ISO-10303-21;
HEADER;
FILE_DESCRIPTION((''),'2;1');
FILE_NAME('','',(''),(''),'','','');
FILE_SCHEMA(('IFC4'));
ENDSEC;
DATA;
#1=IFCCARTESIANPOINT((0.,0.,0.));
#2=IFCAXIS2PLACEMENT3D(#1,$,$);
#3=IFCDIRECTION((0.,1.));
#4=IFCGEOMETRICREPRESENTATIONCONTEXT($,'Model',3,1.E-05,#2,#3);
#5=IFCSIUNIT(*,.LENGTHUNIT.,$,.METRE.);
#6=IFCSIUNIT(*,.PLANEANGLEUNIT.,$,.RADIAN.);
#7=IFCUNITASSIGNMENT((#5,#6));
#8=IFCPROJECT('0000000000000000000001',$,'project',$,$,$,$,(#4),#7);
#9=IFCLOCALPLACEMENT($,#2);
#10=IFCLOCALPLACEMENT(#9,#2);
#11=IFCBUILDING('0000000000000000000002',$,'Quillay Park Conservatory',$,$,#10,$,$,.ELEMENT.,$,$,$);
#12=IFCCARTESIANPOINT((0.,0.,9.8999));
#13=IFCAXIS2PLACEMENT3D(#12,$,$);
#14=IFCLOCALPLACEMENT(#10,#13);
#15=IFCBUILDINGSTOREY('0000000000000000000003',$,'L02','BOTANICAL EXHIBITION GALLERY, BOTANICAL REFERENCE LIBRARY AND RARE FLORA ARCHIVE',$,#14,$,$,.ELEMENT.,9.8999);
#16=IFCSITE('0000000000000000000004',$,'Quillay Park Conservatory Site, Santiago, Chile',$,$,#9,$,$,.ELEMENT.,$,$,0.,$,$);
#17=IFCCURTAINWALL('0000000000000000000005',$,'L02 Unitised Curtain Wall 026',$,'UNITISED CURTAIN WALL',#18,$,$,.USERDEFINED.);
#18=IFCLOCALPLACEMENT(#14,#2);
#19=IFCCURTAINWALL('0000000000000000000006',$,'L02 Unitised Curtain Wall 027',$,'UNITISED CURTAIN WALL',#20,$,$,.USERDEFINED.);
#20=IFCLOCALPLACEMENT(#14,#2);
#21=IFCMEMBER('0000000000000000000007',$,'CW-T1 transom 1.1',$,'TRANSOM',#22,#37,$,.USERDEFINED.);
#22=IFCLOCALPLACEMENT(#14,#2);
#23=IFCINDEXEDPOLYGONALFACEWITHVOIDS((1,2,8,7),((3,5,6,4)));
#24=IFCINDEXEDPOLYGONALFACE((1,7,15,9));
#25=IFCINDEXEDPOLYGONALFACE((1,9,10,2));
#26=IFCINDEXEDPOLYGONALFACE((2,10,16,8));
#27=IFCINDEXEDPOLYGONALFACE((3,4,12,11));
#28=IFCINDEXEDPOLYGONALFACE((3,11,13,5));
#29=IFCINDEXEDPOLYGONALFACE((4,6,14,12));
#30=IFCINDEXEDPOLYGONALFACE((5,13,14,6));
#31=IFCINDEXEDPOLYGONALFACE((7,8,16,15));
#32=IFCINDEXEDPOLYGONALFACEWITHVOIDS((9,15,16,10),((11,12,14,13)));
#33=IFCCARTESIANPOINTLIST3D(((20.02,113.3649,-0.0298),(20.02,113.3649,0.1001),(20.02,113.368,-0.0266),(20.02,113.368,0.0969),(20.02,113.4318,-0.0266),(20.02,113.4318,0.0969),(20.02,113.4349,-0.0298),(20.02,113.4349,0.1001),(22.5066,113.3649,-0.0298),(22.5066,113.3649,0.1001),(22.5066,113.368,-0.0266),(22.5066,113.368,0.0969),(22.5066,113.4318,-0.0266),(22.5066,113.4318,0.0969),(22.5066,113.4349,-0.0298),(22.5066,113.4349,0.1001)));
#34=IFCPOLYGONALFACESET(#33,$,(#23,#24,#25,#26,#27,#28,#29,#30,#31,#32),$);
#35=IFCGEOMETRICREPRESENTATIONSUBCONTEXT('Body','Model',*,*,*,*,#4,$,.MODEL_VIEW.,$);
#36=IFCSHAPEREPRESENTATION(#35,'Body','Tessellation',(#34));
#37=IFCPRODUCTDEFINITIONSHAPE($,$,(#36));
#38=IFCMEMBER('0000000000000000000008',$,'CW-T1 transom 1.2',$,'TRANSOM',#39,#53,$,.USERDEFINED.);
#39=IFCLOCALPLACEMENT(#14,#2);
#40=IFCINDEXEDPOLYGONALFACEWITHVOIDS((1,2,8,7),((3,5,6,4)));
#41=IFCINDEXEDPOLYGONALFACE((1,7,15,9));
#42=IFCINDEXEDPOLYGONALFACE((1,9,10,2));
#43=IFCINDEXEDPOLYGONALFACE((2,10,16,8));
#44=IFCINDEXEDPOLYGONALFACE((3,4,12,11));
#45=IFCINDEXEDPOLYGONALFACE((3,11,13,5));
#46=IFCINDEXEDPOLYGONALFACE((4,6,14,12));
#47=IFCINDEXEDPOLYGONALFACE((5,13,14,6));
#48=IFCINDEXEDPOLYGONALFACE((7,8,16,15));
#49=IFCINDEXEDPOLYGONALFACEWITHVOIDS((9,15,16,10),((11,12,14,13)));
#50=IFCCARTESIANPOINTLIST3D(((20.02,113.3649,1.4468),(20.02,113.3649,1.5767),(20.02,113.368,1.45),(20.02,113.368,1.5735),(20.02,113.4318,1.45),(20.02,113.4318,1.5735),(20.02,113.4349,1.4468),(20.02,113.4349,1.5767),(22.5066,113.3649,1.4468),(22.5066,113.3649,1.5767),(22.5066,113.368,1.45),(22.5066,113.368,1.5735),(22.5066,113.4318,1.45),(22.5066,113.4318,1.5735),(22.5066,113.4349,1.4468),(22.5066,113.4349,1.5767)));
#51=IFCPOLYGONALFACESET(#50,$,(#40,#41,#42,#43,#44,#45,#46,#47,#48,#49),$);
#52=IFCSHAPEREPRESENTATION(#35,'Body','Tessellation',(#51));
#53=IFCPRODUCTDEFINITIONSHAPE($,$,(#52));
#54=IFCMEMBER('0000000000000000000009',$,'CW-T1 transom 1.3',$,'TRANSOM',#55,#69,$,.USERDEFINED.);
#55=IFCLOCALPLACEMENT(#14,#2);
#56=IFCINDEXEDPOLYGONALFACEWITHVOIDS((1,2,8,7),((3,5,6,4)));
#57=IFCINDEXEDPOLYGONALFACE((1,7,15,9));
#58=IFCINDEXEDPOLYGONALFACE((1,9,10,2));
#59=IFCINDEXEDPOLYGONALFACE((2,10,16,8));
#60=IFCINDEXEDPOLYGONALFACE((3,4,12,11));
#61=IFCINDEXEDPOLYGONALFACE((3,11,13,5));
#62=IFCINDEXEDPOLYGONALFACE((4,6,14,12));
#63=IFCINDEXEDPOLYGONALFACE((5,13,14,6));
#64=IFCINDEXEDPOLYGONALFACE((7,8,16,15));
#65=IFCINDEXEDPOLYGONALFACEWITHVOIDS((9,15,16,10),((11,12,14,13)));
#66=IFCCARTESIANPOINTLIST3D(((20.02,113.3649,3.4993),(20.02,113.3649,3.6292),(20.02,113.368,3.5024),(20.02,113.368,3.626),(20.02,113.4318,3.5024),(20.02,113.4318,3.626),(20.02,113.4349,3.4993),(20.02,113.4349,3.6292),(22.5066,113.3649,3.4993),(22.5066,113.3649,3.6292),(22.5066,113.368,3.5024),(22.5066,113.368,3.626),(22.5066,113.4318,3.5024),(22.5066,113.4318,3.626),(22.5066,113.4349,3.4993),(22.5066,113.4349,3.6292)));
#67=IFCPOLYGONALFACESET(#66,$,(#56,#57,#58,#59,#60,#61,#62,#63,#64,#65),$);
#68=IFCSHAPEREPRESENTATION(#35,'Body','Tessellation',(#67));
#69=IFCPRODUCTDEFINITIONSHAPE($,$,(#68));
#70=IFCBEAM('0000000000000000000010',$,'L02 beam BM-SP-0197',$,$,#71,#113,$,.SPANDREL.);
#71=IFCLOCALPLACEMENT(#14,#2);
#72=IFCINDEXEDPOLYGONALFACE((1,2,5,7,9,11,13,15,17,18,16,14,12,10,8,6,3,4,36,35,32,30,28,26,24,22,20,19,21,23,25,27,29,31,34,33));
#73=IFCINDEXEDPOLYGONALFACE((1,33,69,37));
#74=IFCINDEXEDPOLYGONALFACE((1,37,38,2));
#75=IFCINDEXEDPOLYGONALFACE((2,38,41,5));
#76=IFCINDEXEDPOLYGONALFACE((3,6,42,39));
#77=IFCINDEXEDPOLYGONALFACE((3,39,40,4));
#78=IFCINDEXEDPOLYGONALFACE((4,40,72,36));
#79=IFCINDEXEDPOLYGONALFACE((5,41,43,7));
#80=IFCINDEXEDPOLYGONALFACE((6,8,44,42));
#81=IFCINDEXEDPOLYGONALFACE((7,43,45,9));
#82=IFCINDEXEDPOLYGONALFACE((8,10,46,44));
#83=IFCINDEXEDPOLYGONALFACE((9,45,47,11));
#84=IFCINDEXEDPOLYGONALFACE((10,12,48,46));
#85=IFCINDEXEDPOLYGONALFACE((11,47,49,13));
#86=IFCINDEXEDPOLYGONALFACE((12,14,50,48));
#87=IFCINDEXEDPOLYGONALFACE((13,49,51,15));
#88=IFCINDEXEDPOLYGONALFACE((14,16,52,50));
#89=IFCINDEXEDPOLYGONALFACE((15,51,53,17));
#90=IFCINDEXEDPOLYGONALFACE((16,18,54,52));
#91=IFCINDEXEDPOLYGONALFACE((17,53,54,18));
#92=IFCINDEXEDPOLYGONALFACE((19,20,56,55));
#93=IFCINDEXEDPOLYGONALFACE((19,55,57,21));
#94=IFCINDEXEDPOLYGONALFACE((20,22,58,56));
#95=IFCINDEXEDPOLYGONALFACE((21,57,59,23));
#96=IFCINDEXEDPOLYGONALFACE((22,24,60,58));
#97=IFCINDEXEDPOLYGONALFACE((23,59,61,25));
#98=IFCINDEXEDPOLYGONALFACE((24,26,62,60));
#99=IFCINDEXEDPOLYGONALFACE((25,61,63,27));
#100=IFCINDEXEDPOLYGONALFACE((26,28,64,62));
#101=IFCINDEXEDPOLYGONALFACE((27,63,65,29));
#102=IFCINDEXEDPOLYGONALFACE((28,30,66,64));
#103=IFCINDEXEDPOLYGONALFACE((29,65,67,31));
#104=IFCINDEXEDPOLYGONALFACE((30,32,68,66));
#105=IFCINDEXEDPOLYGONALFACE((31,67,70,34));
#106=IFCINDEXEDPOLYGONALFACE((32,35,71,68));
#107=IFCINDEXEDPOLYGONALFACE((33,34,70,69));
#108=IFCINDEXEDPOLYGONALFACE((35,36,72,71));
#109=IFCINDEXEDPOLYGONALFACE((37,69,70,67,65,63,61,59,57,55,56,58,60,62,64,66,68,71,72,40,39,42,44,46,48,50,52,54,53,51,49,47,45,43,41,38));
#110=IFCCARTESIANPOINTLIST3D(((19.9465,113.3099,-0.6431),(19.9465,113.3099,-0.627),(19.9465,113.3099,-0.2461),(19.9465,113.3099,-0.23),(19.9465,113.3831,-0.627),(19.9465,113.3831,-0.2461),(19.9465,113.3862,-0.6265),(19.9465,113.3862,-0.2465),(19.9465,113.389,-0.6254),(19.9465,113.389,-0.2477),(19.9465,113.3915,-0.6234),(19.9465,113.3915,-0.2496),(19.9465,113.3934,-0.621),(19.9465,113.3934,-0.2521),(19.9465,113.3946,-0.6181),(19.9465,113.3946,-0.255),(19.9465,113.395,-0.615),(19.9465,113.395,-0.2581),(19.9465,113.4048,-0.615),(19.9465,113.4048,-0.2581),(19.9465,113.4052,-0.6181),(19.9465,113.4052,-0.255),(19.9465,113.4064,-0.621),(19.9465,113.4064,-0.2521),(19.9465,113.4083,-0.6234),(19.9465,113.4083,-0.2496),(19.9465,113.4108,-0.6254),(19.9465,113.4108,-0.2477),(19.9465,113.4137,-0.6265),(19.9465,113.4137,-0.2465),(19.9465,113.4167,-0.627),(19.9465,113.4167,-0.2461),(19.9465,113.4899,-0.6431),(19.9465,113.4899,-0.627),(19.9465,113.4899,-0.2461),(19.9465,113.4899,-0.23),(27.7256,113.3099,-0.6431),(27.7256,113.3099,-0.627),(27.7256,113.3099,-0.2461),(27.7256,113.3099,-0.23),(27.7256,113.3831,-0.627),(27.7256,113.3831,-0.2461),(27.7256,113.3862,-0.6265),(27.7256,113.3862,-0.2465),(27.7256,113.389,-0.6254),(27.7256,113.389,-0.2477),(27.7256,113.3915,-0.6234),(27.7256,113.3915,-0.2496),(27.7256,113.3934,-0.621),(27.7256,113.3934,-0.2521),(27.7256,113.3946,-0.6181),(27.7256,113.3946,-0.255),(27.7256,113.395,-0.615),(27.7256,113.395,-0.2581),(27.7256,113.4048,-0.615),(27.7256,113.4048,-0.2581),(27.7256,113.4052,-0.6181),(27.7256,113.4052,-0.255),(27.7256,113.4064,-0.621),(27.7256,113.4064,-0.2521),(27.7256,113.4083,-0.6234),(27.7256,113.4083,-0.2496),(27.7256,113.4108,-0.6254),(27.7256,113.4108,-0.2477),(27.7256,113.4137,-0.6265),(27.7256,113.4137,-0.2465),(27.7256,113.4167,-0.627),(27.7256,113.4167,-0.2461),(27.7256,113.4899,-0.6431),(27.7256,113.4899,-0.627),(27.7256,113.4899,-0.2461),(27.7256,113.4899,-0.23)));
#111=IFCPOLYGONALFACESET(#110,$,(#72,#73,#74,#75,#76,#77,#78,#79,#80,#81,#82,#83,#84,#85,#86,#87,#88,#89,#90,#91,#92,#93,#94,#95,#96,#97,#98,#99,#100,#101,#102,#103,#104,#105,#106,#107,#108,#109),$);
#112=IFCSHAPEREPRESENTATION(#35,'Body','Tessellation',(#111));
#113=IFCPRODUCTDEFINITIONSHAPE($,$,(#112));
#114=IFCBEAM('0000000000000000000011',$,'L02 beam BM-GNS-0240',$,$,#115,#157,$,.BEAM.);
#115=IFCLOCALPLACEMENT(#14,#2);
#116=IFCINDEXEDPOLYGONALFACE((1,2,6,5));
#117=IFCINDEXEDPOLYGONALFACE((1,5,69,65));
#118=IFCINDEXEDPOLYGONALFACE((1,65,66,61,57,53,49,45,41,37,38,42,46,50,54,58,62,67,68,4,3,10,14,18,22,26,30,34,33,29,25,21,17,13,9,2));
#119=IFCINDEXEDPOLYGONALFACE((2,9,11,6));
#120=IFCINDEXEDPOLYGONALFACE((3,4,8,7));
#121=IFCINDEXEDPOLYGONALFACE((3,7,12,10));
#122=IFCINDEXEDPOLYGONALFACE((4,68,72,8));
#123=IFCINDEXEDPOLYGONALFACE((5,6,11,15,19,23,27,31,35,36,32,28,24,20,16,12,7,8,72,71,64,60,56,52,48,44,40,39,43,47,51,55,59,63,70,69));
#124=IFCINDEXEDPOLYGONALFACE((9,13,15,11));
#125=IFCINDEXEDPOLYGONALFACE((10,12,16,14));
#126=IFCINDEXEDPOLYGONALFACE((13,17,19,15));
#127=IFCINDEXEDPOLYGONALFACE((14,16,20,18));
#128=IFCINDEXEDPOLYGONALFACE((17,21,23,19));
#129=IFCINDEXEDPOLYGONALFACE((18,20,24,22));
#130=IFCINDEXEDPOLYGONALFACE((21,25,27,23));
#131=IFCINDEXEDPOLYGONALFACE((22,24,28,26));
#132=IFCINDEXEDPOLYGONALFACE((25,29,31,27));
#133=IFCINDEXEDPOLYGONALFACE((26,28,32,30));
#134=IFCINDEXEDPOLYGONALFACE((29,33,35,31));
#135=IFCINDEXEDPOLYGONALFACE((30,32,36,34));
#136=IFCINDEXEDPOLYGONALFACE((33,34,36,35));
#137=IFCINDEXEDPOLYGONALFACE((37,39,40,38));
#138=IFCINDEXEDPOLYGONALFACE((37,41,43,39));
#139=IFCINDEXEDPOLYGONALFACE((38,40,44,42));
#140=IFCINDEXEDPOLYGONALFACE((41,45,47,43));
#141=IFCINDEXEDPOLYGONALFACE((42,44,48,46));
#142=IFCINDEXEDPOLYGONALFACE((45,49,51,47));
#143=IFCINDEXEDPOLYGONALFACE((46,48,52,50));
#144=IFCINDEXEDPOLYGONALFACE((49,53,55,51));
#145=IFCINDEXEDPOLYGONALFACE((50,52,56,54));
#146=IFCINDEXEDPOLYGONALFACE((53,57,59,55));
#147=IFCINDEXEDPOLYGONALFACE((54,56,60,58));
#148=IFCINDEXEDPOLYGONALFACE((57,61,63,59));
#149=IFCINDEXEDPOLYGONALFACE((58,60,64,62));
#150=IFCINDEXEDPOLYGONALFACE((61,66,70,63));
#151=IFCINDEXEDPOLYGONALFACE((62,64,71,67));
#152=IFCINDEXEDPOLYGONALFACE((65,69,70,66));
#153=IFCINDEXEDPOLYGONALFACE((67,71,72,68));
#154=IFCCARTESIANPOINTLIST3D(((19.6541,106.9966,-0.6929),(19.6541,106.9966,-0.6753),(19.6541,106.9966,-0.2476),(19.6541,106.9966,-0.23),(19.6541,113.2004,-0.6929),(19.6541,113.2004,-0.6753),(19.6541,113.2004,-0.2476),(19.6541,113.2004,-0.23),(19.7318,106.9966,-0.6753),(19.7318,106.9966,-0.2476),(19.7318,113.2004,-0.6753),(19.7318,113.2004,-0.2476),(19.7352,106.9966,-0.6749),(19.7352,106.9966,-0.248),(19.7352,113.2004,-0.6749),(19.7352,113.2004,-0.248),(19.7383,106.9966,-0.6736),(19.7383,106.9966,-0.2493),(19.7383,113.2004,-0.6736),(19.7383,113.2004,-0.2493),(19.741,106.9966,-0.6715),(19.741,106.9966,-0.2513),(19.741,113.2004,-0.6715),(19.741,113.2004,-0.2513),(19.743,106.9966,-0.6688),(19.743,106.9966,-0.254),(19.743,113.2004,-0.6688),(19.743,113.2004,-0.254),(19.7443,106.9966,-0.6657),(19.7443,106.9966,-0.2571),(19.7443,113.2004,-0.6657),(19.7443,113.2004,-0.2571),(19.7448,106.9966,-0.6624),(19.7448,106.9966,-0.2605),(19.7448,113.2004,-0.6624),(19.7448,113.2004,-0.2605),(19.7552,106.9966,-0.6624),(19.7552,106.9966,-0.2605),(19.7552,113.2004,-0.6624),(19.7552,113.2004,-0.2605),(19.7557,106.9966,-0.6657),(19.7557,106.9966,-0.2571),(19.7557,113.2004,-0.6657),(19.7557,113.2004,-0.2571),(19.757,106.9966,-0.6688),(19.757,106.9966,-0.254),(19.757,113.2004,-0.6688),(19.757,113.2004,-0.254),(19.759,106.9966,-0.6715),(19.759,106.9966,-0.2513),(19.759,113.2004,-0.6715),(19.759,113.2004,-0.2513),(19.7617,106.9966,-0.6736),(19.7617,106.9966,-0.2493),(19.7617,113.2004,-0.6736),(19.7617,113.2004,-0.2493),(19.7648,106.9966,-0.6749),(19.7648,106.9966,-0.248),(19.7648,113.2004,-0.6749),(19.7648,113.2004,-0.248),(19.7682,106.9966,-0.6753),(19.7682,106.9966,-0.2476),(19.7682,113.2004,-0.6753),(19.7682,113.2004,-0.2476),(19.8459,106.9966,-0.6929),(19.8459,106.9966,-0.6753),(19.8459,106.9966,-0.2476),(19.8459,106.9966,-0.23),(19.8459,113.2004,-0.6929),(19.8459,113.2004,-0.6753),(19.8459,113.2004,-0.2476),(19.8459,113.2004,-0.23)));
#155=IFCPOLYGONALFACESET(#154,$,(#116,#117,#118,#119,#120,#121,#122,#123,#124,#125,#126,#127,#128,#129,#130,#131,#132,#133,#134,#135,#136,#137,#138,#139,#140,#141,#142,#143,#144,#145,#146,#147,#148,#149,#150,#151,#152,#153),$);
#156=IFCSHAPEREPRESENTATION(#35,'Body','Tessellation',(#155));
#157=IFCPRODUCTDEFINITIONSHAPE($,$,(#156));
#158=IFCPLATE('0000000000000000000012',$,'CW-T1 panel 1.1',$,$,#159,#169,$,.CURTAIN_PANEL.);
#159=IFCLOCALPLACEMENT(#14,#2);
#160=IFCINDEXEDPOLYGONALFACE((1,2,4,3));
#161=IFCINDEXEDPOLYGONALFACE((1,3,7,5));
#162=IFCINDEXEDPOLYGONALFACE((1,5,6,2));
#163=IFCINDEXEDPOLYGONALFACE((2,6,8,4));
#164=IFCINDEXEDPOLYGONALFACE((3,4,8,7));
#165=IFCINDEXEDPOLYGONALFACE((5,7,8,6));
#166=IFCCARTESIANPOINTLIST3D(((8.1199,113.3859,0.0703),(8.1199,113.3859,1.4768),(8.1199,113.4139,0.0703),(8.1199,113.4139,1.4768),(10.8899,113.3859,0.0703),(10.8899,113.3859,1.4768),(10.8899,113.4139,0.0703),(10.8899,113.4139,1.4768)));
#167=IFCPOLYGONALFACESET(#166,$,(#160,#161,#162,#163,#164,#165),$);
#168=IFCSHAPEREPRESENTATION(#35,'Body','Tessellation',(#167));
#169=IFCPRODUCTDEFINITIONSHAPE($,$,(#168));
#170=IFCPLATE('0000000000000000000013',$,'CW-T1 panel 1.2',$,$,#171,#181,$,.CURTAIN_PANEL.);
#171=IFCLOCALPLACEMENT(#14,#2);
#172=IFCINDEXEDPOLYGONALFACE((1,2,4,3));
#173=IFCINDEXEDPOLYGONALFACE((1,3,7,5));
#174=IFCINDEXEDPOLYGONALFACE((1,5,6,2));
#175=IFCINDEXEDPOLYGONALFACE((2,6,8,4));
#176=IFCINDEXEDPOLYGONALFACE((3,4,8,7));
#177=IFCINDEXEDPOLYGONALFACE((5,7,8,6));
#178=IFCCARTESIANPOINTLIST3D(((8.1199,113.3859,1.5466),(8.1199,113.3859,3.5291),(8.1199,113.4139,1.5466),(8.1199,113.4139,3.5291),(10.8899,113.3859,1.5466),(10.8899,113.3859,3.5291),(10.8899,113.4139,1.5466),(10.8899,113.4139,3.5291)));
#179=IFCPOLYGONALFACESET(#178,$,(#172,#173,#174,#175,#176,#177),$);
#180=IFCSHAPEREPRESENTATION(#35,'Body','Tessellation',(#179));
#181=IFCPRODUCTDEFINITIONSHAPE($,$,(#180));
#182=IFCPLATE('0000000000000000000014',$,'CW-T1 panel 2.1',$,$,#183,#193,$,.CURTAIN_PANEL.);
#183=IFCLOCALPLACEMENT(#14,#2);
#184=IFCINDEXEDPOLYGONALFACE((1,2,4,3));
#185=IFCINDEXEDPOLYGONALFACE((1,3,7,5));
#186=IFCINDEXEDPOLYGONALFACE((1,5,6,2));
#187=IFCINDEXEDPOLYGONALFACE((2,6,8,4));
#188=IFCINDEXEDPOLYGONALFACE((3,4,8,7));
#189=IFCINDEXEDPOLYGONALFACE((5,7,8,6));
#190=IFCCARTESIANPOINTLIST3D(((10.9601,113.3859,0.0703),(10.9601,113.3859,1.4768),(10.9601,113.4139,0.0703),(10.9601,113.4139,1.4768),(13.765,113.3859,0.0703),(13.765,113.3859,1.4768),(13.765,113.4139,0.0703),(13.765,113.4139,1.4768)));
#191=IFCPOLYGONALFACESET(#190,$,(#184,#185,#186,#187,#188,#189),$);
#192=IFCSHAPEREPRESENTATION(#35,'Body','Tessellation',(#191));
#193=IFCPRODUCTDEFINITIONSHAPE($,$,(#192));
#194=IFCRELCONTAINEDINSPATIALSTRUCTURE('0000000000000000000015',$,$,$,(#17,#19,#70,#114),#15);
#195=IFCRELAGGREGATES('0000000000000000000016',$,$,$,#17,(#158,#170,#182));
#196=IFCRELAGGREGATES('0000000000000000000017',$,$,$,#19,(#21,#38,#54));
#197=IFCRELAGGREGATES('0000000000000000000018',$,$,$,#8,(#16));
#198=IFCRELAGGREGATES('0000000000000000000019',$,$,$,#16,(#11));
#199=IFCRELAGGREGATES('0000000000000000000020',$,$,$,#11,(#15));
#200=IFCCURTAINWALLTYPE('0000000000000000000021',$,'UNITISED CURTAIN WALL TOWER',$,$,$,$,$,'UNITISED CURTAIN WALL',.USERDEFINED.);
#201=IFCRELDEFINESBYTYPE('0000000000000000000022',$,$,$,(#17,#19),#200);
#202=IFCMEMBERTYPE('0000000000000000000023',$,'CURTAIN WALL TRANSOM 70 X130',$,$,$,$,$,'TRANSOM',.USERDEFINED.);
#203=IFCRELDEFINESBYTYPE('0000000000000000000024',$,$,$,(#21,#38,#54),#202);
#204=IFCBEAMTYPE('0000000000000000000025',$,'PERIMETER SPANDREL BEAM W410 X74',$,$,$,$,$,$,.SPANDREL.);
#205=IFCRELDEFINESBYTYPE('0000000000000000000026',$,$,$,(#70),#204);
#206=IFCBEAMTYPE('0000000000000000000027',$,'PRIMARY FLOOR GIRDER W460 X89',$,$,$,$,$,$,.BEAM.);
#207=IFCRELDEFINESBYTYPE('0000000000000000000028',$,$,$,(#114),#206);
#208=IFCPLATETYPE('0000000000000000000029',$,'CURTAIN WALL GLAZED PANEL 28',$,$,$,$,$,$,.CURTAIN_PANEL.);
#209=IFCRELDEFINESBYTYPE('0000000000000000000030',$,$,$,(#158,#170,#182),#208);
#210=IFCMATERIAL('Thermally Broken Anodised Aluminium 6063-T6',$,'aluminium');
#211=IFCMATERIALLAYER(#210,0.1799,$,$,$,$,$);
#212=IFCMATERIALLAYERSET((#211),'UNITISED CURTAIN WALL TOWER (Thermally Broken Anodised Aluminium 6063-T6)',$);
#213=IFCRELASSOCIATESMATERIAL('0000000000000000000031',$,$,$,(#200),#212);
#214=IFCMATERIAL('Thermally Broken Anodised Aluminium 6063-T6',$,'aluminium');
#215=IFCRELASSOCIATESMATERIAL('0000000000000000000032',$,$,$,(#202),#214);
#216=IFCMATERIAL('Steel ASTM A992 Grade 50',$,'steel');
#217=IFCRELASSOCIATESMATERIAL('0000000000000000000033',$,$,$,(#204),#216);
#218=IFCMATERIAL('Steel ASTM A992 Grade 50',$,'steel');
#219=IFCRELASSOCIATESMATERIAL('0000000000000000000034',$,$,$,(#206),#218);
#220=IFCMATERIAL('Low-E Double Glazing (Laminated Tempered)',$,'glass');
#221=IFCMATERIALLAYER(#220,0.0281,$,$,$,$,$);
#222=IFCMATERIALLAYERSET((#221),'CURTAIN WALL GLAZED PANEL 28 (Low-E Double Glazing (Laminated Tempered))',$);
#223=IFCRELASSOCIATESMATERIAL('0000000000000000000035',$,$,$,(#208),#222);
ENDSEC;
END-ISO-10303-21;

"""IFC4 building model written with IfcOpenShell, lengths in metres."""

from ifc_helpers import new_model, si_unit, direction, frame, origin, origin_2d, place, context, subcontext, project, spatial, rectangle, hollow_rectangle, i_section, extrude, material, layer, layer_set, material_profile, profile_set, type_object, element, aggregate, save


model = new_model("IFC4")

# Units and contexts
model_context = context("Model", 3, precision=1e-05, world=origin(), true_north=direction((0.0, 1.0)))
body_context = subcontext(model_context, "Body", "Model", "MODEL_VIEW")
ifc_project = project(units=[si_unit("LENGTHUNIT", "METRE"), si_unit("PLANEANGLEUNIT", "RADIAN")], contexts=[model_context])

# Site, building, storey
site_placement = place(None, origin())
site = spatial("IfcSite", under=ifc_project, at=site_placement, Name="Quillay Park Conservatory Site, Santiago, Chile", CompositionType="ELEMENT", RefElevation=0.0)
building_placement = place(site_placement, origin())
building = spatial("IfcBuilding", under=site, at=building_placement, Name="Quillay Park Conservatory", CompositionType="ELEMENT")
storey_placement = place(building_placement, frame((0.0, 0.0, 9.8999)))
storey = spatial("IfcBuildingStorey", under=building, at=storey_placement, Name="L02", Description="BOTANICAL EXHIBITION GALLERY, BOTANICAL REFERENCE LIBRARY AND RARE FLORA ARCHIVE", CompositionType="ELEMENT", Elevation=9.8999)

# Curtain wall
ifc_material_1 = material(Name="Thermally Broken Anodised Aluminium 6063-T6", Category="aluminium")
ifc_layer_1 = layer(ifc_material_1, 0.1799)
ifc_layer_set_1 = layer_set([ifc_layer_1], Name="UNITISED CURTAIN WALL TOWER (Thermally Broken Anodised Aluminium 6063-T6)")
curtain_wall_type = type_object("IfcCurtainWallType", Name="UNITISED CURTAIN WALL TOWER", ElementType="UNITISED CURTAIN WALL", PredefinedType="USERDEFINED", material=ifc_layer_set_1)
curtain_wall_1_placement = place(storey_placement, origin())
curtain_wall_1 = element("IfcCurtainWall", 1, at=curtain_wall_1_placement, inside=storey, type_object=curtain_wall_type, Name="L02 Unitised Curtain Wall 026", ObjectType="UNITISED CURTAIN WALL", PredefinedType="USERDEFINED")

# Curtain wall
curtain_wall_2_placement = place(storey_placement, origin())
curtain_wall_2 = element("IfcCurtainWall", 2, at=curtain_wall_2_placement, inside=storey, type_object=curtain_wall_type, Name="L02 Unitised Curtain Wall 027", ObjectType="UNITISED CURTAIN WALL", PredefinedType="USERDEFINED")

# Members
ifc_material_2 = material(Name="Thermally Broken Anodised Aluminium 6063-T6", Category="aluminium")
ifc_material_profile_1 = material_profile(ifc_material_2, hollow_rectangle(XDim=0.0701, YDim=0.1299, WallThickness=0.0032, at=origin_2d()), Name="AL70x130x3.2")
ifc_profile_set_1 = profile_set([ifc_material_profile_1], Name="Thermally Broken Anodised Aluminium 6063-T6")
member_type_1 = type_object("IfcMemberType", Name="CURTAIN WALL TRANSOM 70 X130", ElementType="TRANSOM", PredefinedType="USERDEFINED", material=ifc_profile_set_1)
member_1_placement = place(storey_placement, frame((20.02, 113.3999, 0.0352), z_axis=(1.0, 0.0, 0.0), x_axis=(0.0, 1.0, 0.0)))
member_1 = element("IfcMember", 3, at=member_1_placement, type_object=member_type_1, Name="CW-T1 transom 1.1", ObjectType="TRANSOM", PredefinedType="USERDEFINED", context=body_context, shape_type="SweptSolid", body=[
    extrude(hollow_rectangle(XDim=0.0701, YDim=0.1299, WallThickness=0.0032, at=origin_2d()), origin(), (0.0, 0.0, 1.0), 2.4866),
])
member_2_placement = place(storey_placement, frame((20.02, 113.3999, 1.5117), z_axis=(1.0, 0.0, 0.0), x_axis=(0.0, 1.0, 0.0)))
member_2 = element("IfcMember", 4, at=member_2_placement, type_object=member_type_1, Name="CW-T1 transom 1.2", ObjectType="TRANSOM", PredefinedType="USERDEFINED", context=body_context, shape_type="SweptSolid", body=[
    extrude(hollow_rectangle(XDim=0.0701, YDim=0.1299, WallThickness=0.0032, at=origin_2d()), origin(), (0.0, 0.0, 1.0), 2.4866),
])
member_3_placement = place(storey_placement, frame((20.02, 113.3999, 3.5642), z_axis=(1.0, 0.0, 0.0), x_axis=(0.0, 1.0, 0.0)))
member_3 = element("IfcMember", 5, at=member_3_placement, type_object=member_type_1, Name="CW-T1 transom 1.3", ObjectType="TRANSOM", PredefinedType="USERDEFINED", context=body_context, shape_type="SweptSolid", body=[
    extrude(hollow_rectangle(XDim=0.0701, YDim=0.1299, WallThickness=0.0032, at=origin_2d()), origin(), (0.0, 0.0, 1.0), 2.4866),
])

# Beams
ifc_material_3 = material(Name="Steel ASTM A992 Grade 50", Category="steel")
ifc_material_profile_2 = material_profile(ifc_material_3, i_section(OverallWidth=0.1799, OverallDepth=0.4131, WebThickness=0.0098, FlangeThickness=0.0161, FilletRadius=0.012, at=origin_2d()), Name="W410x74")
ifc_profile_set_2 = profile_set([ifc_material_profile_2], Name="Steel ASTM A992 Grade 50")
beam_type_1 = type_object("IfcBeamType", Name="PERIMETER SPANDREL BEAM W410 X74", PredefinedType="SPANDREL", material=ifc_profile_set_2)
beam_1_placement = place(storey_placement, frame((19.9465, 113.3999, -0.4365), z_axis=(1.0, 0.0, 0.0), x_axis=(0.0, 1.0, 0.0)))
element("IfcBeam", 6, at=beam_1_placement, inside=storey, type_object=beam_type_1, Name="L02 beam BM-SP-0197", PredefinedType="SPANDREL", context=body_context, shape_type="SweptSolid", body=[
    extrude(i_section(OverallWidth=0.1799, OverallDepth=0.4131, WebThickness=0.0098, FlangeThickness=0.0161, FilletRadius=0.012, at=origin_2d()), origin(), (0.0, 0.0, 1.0), 7.7791),
])
ifc_material_4 = material(Name="Steel ASTM A992 Grade 50", Category="steel")
ifc_material_profile_3 = material_profile(ifc_material_4, i_section(OverallWidth=0.1919, OverallDepth=0.4629, WebThickness=0.0105, FlangeThickness=0.0176, FilletRadius=0.0129, at=origin_2d()), Name="W460x89")
ifc_profile_set_3 = profile_set([ifc_material_profile_3], Name="Steel ASTM A992 Grade 50")
beam_type_2 = type_object("IfcBeamType", Name="PRIMARY FLOOR GIRDER W460 X89", PredefinedType="BEAM", material=ifc_profile_set_3)
beam_2_placement = place(storey_placement, frame((19.75, 106.9966, -0.4614), z_axis=(0.0, 1.0, 0.0), x_axis=(-1.0, 0.0, 0.0)))
element("IfcBeam", 7, at=beam_2_placement, inside=storey, type_object=beam_type_2, Name="L02 beam BM-GNS-0240", PredefinedType="BEAM", context=body_context, shape_type="SweptSolid", body=[
    extrude(i_section(OverallWidth=0.1919, OverallDepth=0.4629, WebThickness=0.0105, FlangeThickness=0.0176, FilletRadius=0.0129, at=origin_2d()), origin(), (0.0, 0.0, 1.0), 6.2039),
])

# Plates
ifc_material_5 = material(Name="Low-E Double Glazing (Laminated Tempered)", Category="glass")
ifc_layer_2 = layer(ifc_material_5, 0.0281)
ifc_layer_set_2 = layer_set([ifc_layer_2], Name="CURTAIN WALL GLAZED PANEL 28 (Low-E Double Glazing (Laminated Tempered))")
plate_type = type_object("IfcPlateType", Name="CURTAIN WALL GLAZED PANEL 28", PredefinedType="CURTAIN_PANEL", material=ifc_layer_set_2)
plate_1_placement = place(storey_placement, frame((9.5049, 113.3999, 0.0703), z_axis=(0.0, 0.0, 1.0), x_axis=(1.0, 0.0, 0.0)))
plate_1 = element("IfcPlate", 8, at=plate_1_placement, type_object=plate_type, Name="CW-T1 panel 1.1", PredefinedType="CURTAIN_PANEL", context=body_context, shape_type="SweptSolid", body=[
    extrude(rectangle(XDim=2.77, YDim=0.0281, at=origin_2d()), origin(), (0.0, 0.0, 1.0), 1.4065),
])
plate_2_placement = place(storey_placement, frame((9.5049, 113.3999, 1.5466), z_axis=(0.0, 0.0, 1.0), x_axis=(1.0, 0.0, 0.0)))
plate_2 = element("IfcPlate", 9, at=plate_2_placement, type_object=plate_type, Name="CW-T1 panel 1.2", PredefinedType="CURTAIN_PANEL", context=body_context, shape_type="SweptSolid", body=[
    extrude(rectangle(XDim=2.77, YDim=0.0281, at=origin_2d()), origin(), (0.0, 0.0, 1.0), 1.9824),
])
plate_3_placement = place(storey_placement, frame((12.3625, 113.3999, 0.0703), z_axis=(0.0, 0.0, 1.0), x_axis=(1.0, 0.0, 0.0)))
plate_3 = element("IfcPlate", 10, at=plate_3_placement, type_object=plate_type, Name="CW-T1 panel 2.1", PredefinedType="CURTAIN_PANEL", context=body_context, shape_type="SweptSolid", body=[
    extrude(rectangle(XDim=2.8049, YDim=0.0281, at=origin_2d()), origin(), (0.0, 0.0, 1.0), 1.4065),
])
aggregate(curtain_wall_1, [plate_1, plate_2, plate_3])
aggregate(curtain_wall_2, [member_1, member_2, member_3])

save(model, "model.ifc")
